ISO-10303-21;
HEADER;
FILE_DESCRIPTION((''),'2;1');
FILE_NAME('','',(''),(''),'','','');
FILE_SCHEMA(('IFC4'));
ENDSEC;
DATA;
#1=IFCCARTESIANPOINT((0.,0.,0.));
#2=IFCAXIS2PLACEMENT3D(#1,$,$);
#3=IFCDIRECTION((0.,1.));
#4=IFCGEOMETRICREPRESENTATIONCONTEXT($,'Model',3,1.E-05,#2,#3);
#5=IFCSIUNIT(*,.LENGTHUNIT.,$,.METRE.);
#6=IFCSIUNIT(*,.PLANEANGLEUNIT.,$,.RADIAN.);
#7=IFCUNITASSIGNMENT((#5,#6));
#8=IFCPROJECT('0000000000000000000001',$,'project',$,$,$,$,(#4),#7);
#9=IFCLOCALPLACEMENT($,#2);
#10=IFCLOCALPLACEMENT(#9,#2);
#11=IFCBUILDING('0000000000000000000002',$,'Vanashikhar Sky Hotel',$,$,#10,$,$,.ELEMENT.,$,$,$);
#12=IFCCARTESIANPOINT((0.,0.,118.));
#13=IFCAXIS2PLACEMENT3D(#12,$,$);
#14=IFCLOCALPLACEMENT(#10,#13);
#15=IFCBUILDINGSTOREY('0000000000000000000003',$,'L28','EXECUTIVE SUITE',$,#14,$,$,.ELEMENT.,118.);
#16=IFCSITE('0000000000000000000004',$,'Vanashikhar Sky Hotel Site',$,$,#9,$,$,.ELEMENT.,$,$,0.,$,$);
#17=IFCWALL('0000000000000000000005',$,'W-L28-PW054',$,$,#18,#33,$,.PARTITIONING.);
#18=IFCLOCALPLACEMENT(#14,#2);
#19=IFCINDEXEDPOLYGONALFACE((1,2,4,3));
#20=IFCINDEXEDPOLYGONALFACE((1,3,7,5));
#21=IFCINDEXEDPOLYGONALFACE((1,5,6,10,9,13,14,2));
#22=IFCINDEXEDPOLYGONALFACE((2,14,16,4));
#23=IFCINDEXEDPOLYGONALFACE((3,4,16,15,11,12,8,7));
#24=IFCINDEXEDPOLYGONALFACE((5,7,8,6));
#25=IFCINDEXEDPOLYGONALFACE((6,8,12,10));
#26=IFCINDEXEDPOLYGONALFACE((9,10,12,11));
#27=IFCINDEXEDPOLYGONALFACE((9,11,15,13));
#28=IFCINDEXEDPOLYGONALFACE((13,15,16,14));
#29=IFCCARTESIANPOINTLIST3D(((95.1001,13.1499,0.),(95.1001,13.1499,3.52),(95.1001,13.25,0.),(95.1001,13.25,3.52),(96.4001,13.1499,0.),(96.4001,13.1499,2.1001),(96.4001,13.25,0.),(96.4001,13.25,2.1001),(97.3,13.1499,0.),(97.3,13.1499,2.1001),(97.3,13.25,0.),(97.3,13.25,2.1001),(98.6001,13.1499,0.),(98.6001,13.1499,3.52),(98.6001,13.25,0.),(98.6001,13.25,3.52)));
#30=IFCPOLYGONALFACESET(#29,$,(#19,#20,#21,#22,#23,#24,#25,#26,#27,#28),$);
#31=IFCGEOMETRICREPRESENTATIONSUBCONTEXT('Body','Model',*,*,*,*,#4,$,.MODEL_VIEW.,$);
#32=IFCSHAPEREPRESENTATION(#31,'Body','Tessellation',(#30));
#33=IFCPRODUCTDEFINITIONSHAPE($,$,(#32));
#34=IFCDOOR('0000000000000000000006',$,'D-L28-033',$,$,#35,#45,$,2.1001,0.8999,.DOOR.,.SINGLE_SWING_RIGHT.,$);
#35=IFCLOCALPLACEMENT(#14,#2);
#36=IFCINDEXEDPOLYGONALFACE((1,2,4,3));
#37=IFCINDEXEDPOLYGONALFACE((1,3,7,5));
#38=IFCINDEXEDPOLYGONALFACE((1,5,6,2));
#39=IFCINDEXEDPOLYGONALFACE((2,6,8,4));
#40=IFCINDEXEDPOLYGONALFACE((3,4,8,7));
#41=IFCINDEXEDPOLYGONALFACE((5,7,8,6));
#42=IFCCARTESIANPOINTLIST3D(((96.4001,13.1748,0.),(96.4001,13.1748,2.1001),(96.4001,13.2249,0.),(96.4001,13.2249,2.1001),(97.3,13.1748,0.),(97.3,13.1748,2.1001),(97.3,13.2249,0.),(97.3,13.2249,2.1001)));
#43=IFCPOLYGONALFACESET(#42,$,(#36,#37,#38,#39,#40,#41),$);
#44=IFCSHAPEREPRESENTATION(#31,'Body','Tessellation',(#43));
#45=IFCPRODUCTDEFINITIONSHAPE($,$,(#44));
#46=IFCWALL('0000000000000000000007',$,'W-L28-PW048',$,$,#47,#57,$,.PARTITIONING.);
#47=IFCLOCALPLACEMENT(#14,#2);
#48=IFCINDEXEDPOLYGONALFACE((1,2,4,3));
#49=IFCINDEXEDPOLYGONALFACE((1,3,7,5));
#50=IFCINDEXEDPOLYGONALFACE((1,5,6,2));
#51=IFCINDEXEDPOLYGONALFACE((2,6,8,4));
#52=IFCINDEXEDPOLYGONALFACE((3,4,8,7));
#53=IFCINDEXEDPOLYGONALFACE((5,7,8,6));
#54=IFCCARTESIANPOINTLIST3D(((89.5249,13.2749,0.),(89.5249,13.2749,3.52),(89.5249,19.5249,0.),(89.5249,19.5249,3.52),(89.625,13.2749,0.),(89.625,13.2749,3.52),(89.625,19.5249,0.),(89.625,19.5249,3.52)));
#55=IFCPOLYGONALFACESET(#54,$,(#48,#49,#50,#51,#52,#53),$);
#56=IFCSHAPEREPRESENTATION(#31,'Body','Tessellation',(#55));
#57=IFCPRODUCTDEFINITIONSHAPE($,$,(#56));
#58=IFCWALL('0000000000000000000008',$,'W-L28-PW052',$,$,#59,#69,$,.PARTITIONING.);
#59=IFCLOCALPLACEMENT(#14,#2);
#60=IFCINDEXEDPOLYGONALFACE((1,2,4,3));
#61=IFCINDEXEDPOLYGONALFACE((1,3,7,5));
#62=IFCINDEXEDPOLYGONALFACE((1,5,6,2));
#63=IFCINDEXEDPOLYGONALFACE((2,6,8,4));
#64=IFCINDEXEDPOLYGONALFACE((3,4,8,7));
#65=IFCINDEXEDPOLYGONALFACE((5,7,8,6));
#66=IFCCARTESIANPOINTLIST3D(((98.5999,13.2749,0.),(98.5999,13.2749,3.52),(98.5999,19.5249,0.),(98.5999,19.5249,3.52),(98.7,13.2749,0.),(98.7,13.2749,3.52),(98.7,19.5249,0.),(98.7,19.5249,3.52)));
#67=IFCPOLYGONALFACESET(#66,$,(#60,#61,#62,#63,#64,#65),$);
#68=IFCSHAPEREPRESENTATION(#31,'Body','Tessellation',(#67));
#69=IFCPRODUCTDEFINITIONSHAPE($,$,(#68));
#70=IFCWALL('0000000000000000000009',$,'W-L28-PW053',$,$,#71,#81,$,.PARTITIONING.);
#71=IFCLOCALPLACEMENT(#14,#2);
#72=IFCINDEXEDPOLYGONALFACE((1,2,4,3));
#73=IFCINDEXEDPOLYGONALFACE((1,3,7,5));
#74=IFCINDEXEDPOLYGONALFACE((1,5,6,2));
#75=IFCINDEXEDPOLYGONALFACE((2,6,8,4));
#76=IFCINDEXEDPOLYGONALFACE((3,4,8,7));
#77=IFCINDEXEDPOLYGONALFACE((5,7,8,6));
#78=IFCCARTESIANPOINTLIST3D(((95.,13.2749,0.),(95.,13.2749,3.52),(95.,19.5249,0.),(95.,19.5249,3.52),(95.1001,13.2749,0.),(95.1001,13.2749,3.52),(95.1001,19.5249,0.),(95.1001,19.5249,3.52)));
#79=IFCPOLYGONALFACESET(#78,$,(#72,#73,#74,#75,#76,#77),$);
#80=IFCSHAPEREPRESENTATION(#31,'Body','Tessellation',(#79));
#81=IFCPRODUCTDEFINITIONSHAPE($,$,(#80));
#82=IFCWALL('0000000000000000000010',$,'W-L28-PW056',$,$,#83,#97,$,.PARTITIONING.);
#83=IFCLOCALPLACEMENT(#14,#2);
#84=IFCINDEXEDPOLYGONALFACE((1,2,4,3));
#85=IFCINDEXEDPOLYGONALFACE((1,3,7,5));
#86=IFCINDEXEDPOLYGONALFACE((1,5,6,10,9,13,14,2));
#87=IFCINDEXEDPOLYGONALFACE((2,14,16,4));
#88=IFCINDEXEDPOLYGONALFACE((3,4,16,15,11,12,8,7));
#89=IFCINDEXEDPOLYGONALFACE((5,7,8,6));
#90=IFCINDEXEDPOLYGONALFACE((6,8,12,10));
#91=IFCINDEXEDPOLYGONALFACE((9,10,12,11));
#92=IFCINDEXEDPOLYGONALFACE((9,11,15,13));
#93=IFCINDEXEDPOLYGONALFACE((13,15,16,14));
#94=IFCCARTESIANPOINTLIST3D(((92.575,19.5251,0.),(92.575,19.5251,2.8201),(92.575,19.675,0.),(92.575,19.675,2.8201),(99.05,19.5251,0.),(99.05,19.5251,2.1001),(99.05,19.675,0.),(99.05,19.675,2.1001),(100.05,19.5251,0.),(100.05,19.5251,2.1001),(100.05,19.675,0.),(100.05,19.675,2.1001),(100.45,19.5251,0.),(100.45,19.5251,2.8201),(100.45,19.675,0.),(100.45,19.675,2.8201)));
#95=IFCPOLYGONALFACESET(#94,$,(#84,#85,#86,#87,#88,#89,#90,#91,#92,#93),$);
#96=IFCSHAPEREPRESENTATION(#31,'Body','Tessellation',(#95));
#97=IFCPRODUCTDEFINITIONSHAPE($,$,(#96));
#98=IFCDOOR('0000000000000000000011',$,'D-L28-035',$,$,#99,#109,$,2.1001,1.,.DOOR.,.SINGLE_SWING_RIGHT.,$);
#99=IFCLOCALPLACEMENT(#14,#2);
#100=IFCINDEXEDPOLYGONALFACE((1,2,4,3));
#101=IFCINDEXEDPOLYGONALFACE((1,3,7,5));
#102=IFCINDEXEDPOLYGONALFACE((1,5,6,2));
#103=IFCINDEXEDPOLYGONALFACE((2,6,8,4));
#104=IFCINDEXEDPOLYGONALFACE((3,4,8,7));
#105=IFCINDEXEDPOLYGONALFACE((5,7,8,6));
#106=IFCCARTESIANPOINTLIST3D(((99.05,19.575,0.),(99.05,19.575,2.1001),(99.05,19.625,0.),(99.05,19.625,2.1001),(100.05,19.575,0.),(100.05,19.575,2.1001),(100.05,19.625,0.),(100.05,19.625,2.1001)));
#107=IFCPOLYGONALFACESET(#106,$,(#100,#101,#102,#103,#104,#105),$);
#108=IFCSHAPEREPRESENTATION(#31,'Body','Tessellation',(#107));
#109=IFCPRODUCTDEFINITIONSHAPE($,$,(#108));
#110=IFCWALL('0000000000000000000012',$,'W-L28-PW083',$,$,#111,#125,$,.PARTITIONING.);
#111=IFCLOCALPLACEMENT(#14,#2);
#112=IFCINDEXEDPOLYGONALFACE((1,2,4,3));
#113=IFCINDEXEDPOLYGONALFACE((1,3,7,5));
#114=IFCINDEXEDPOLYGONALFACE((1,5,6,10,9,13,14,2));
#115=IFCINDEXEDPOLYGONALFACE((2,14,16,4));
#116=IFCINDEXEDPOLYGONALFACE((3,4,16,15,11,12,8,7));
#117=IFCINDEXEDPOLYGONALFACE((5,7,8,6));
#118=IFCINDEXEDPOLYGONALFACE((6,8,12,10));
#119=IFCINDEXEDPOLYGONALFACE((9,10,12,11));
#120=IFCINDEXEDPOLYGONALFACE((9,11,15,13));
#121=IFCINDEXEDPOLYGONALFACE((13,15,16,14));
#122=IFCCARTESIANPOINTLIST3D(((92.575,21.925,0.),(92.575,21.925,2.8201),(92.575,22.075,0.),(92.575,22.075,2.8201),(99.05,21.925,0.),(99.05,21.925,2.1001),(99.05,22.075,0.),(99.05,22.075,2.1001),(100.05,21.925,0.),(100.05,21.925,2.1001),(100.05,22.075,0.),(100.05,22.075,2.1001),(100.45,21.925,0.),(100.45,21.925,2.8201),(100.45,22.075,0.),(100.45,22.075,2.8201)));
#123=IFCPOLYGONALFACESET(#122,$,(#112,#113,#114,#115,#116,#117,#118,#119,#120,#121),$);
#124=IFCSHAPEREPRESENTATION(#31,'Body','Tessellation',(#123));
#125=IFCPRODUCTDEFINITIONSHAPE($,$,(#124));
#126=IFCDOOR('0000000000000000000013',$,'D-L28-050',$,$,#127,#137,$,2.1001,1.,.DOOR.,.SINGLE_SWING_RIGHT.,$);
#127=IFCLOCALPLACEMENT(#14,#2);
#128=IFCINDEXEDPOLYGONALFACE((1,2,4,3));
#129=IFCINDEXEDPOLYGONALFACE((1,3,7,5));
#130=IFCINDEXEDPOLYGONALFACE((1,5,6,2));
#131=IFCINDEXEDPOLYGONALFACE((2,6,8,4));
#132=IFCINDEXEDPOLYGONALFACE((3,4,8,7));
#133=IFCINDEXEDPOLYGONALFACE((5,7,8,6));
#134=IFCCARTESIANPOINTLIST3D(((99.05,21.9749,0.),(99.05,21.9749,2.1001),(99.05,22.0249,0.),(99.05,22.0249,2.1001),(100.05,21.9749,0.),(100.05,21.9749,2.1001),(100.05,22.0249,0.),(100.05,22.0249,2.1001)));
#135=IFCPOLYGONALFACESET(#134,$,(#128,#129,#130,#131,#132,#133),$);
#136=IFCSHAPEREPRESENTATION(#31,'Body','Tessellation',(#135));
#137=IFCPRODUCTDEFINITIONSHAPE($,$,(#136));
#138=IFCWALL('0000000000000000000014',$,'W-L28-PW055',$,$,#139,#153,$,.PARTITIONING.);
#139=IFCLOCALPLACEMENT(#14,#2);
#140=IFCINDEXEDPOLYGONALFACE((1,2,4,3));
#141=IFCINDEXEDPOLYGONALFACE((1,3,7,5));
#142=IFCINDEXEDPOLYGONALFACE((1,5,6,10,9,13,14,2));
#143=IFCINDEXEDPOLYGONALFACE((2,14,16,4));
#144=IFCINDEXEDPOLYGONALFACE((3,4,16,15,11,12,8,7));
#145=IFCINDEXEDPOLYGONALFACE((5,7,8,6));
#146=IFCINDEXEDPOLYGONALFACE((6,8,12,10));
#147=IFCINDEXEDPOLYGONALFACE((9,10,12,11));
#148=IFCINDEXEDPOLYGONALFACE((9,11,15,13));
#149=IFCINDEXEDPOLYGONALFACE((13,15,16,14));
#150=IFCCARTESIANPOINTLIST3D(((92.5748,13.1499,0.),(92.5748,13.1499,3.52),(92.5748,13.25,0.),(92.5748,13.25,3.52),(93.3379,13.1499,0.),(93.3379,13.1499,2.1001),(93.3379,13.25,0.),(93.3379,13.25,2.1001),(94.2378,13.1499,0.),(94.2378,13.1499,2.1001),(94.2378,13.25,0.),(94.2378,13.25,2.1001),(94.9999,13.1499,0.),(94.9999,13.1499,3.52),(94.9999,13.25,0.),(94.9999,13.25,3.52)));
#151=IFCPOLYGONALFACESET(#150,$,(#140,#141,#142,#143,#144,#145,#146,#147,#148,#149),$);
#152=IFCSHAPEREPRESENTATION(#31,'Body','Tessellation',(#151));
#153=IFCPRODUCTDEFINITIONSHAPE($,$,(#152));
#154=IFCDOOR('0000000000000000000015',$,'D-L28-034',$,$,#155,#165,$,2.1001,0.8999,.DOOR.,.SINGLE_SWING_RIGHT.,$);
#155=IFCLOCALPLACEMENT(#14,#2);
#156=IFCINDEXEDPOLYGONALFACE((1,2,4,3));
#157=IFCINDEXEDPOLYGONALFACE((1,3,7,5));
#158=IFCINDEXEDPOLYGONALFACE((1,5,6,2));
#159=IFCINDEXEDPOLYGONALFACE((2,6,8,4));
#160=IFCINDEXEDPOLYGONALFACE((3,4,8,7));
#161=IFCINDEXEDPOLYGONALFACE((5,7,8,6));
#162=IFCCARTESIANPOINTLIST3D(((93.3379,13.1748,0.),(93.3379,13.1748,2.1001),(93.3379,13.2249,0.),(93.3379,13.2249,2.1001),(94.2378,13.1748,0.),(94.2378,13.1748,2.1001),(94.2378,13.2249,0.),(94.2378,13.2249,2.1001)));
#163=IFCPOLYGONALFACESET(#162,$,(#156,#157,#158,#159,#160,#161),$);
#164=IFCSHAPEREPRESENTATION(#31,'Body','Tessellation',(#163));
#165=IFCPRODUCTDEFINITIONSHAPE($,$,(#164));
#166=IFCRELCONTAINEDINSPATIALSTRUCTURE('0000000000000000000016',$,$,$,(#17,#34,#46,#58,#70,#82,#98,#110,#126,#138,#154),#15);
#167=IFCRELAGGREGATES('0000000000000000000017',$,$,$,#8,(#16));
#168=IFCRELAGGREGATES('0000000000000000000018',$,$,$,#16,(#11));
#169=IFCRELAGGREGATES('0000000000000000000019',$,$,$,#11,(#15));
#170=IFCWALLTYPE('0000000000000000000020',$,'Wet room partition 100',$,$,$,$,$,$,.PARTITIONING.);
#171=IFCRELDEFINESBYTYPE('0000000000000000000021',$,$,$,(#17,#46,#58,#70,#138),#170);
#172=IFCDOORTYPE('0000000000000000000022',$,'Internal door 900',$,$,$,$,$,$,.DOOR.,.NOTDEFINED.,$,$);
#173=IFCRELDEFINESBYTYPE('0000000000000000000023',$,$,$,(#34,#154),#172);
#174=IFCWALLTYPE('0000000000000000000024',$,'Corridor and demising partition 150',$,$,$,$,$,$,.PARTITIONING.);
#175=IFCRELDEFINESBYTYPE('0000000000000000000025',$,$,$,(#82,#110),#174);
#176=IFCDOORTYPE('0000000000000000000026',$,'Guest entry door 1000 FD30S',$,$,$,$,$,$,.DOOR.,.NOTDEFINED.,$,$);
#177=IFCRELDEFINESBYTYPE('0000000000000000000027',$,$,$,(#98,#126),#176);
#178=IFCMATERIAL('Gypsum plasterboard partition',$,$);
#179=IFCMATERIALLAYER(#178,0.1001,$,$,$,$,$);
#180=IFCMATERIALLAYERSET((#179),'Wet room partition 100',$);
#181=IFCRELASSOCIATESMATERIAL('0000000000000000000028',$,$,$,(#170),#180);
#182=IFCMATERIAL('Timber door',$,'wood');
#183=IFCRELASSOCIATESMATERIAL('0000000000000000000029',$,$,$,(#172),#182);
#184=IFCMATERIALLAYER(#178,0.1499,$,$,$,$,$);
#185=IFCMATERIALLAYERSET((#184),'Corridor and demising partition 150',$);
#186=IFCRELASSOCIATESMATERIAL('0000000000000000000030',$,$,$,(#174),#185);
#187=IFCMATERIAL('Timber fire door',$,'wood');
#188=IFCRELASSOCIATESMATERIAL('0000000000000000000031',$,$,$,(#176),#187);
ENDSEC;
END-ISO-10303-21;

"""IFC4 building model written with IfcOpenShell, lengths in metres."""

from ifc_helpers import new_model, si_unit, direction, frame, frame_2d, origin, place, context, subcontext, project, spatial, rectangle, extrude, source, transform, mapped, material, layer, layer_set, type_object, element, fill, save


model = new_model("IFC4")

# Units and contexts
model_context = context("Model", 3, precision=1e-05, world=origin(), true_north=direction((0.0, 1.0)))
body_context = subcontext(model_context, "Body", "Model", "MODEL_VIEW")
ifc_project = project(units=[si_unit("LENGTHUNIT", "METRE"), si_unit("PLANEANGLEUNIT", "RADIAN")], contexts=[model_context])

# Site, building, storey
site_placement = place(None, origin())
site = spatial("IfcSite", under=ifc_project, at=site_placement, Name="Vanashikhar Sky Hotel Site", CompositionType="ELEMENT", RefElevation=0.0)
building_placement = place(site_placement, origin())
building = spatial("IfcBuilding", under=site, at=building_placement, Name="Vanashikhar Sky Hotel", CompositionType="ELEMENT")
storey_placement = place(building_placement, frame((0.0, 0.0, 118.0)))
storey = spatial("IfcBuildingStorey", under=building, at=storey_placement, Name="L28", Description="EXECUTIVE SUITE", CompositionType="ELEMENT", Elevation=118.0)

# Wall, opening, door
ifc_material_1 = material(Name="Gypsum plasterboard partition")
ifc_layer_1 = layer(ifc_material_1, 0.1001)
ifc_layer_set_1 = layer_set([ifc_layer_1], Name="Wet room partition 100")
wall_type_1 = type_object("IfcWallType", Name="Wet room partition 100", PredefinedType="PARTITIONING", material=ifc_layer_set_1)
shared_shape_1 = source(origin(), body_context, "Body", "SweptSolid", [
    extrude(rectangle(XDim=3.5, YDim=0.1001, at=frame_2d((1.75, 0.0))), origin(), (0.0, 0.0, 1.0), 3.52),
])
wall_1_placement = place(storey_placement, frame((95.1001, 13.2, 0.0), z_axis=(0.0, 0.0, 1.0), x_axis=(1.0, 0.0, 0.0)))
wall_1 = element("IfcWall", 1, at=wall_1_placement, inside=storey, type_object=wall_type_1, Name="W-L28-PW054", PredefinedType="PARTITIONING", context=body_context, shape_type="MappedRepresentation", body=[
    mapped(shared_shape_1, transform((0.0, 0.0, 0.0), scale=1.0)),
])
shared_shape_2 = source(origin(), body_context, "Body", "SweptSolid", [
    extrude(rectangle(XDim=0.8999, YDim=2.1001, at=frame_2d((0.45, 1.05))), frame((0.0, 0.0601, 0.0), z_axis=(0.0, -1.0, 0.0), x_axis=(1.0, 0.0, 0.0)), (0.0, 0.0, 1.0), 0.1201),
])
opening_1_placement = place(wall_1_placement, frame((1.3, 0.0, 0.0)))
opening_1 = element("IfcOpeningElement", 2, at=opening_1_placement, cuts=wall_1, PredefinedType="OPENING", context=body_context, shape_type="MappedRepresentation", body=[
    mapped(shared_shape_2, transform((0.0, 0.0, 0.0), scale=1.0)),
])
ifc_material_2 = material(Name="Timber door", Category="wood")
door_type_1 = type_object("IfcDoorType", Name="Internal door 900", OperationType="NOTDEFINED", PredefinedType="DOOR", material=ifc_material_2)
shared_shape_3 = source(origin(), body_context, "Body", "SweptSolid", [
    extrude(rectangle(XDim=0.8999, YDim=2.1001, at=frame_2d((0.45, 1.05))), frame((0.0, 0.0249, 0.0), z_axis=(0.0, -1.0, 0.0), x_axis=(1.0, 0.0, 0.0)), (0.0, 0.0, 1.0), 0.05),
])
door_1_placement = place(opening_1_placement, origin())
door_1 = element("IfcDoor", 3, at=door_1_placement, inside=storey, type_object=door_type_1, Name="D-L28-033", OperationType="SINGLE_SWING_RIGHT", OverallHeight=2.1001, OverallWidth=0.8999, PredefinedType="DOOR", context=body_context, shape_type="MappedRepresentation", body=[
    mapped(shared_shape_3, transform((0.0, 0.0, 0.0), scale=1.0)),
])
fill(opening_1, door_1)

# Walls
shared_shape_4 = source(origin(), body_context, "Body", "SweptSolid", [
    extrude(rectangle(XDim=6.25, YDim=0.1001, at=frame_2d((3.125, 0.0))), origin(), (0.0, 0.0, 1.0), 3.52),
])
for number, where, z_axis, x_axis, name in (
    (4, (89.575, 13.2749, 0.0), (0.0, 0.0, 1.0), (0.0, 1.0, 0.0), "W-L28-PW048"),
    (5, (98.6499, 13.2749, 0.0), (0.0, 0.0, 1.0), (0.0, 1.0, 0.0), "W-L28-PW052"),
    (6, (95.05, 13.2749, 0.0), (0.0, 0.0, 1.0), (0.0, 1.0, 0.0), "W-L28-PW053"),
):
    element("IfcWall", number, at=place(storey_placement, frame(where, z_axis=z_axis, x_axis=x_axis)), inside=storey, type_object=wall_type_1, Name=name, PredefinedType="PARTITIONING", context=body_context, shape_type="MappedRepresentation", body=[
        mapped(shared_shape_4, transform((0.0, 0.0, 0.0), scale=1.0)),
    ])

# Walls, openings, doors
ifc_layer_2 = layer(ifc_material_1, 0.1499)
ifc_layer_set_2 = layer_set([ifc_layer_2], Name="Corridor and demising partition 150")
wall_type_2 = type_object("IfcWallType", Name="Corridor and demising partition 150", PredefinedType="PARTITIONING", material=ifc_layer_set_2)
shared_shape_5 = source(origin(), body_context, "Body", "SweptSolid", [
    extrude(rectangle(XDim=7.875, YDim=0.1499, at=frame_2d((3.9375, 0.0))), origin(), (0.0, 0.0, 1.0), 2.8201),
])
wall_2_placement = place(storey_placement, frame((92.575, 19.6001, 0.0), z_axis=(0.0, 0.0, 1.0), x_axis=(1.0, 0.0, 0.0)))
wall_2 = element("IfcWall", 7, at=wall_2_placement, inside=storey, type_object=wall_type_2, Name="W-L28-PW056", PredefinedType="PARTITIONING", context=body_context, shape_type="MappedRepresentation", body=[
    mapped(shared_shape_5, transform((0.0, 0.0, 0.0), scale=1.0)),
])
shared_shape_6 = source(origin(), body_context, "Body", "SweptSolid", [
    extrude(rectangle(XDim=1.0, YDim=2.1001, at=frame_2d((0.5, 1.05))), frame((0.0, 0.085, 0.0), z_axis=(0.0, -1.0, 0.0), x_axis=(1.0, 0.0, 0.0)), (0.0, 0.0, 1.0), 0.1699),
])
opening_2_placement = place(wall_2_placement, frame((6.4751, 0.0, 0.0)))
opening_2 = element("IfcOpeningElement", 8, at=opening_2_placement, cuts=wall_2, PredefinedType="OPENING", context=body_context, shape_type="MappedRepresentation", body=[
    mapped(shared_shape_6, transform((0.0, 0.0, 0.0), scale=1.0)),
])
ifc_material_3 = material(Name="Timber fire door", Category="wood")
door_type_2 = type_object("IfcDoorType", Name="Guest entry door 1000 FD30S", OperationType="NOTDEFINED", PredefinedType="DOOR", material=ifc_material_3)
shared_shape_7 = source(origin(), body_context, "Body", "SweptSolid", [
    extrude(rectangle(XDim=1.0, YDim=2.1001, at=frame_2d((0.5, 1.05))), frame((0.0, 0.0249, 0.0), z_axis=(0.0, -1.0, 0.0), x_axis=(1.0, 0.0, 0.0)), (0.0, 0.0, 1.0), 0.05),
])
door_2_placement = place(opening_2_placement, origin())
door_2 = element("IfcDoor", 9, at=door_2_placement, inside=storey, type_object=door_type_2, Name="D-L28-035", OperationType="SINGLE_SWING_RIGHT", OverallHeight=2.1001, OverallWidth=1.0, PredefinedType="DOOR", context=body_context, shape_type="MappedRepresentation", body=[
    mapped(shared_shape_7, transform((0.0, 0.0, 0.0), scale=1.0)),
])
fill(opening_2, door_2)
wall_3_placement = place(storey_placement, frame((92.575, 22.0, 0.0), z_axis=(0.0, 0.0, 1.0), x_axis=(1.0, 0.0, 0.0)))
wall_3 = element("IfcWall", 10, at=wall_3_placement, inside=storey, type_object=wall_type_2, Name="W-L28-PW083", PredefinedType="PARTITIONING", context=body_context, shape_type="MappedRepresentation", body=[
    mapped(shared_shape_5, transform((0.0, 0.0, 0.0), scale=1.0)),
])
opening_3_placement = place(wall_3_placement, frame((6.4751, 0.0, 0.0)))
opening_3 = element("IfcOpeningElement", 11, at=opening_3_placement, cuts=wall_3, PredefinedType="OPENING", context=body_context, shape_type="MappedRepresentation", body=[
    mapped(shared_shape_6, transform((0.0, 0.0, 0.0), scale=1.0)),
])
door_3_placement = place(opening_3_placement, origin())
door_3 = element("IfcDoor", 12, at=door_3_placement, inside=storey, type_object=door_type_2, Name="D-L28-050", OperationType="SINGLE_SWING_RIGHT", OverallHeight=2.1001, OverallWidth=1.0, PredefinedType="DOOR", context=body_context, shape_type="MappedRepresentation", body=[
    mapped(shared_shape_7, transform((0.0, 0.0, 0.0), scale=1.0)),
])
fill(opening_3, door_3)
shared_shape_8 = source(origin(), body_context, "Body", "SweptSolid", [
    extrude(rectangle(XDim=2.425, YDim=0.1001, at=frame_2d((1.2124, 0.0))), origin(), (0.0, 0.0, 1.0), 3.52),
])
wall_4_placement = place(storey_placement, frame((92.575, 13.2, 0.0), z_axis=(0.0, 0.0, 1.0), x_axis=(1.0, 0.0, 0.0)))
wall_4 = element("IfcWall", 13, at=wall_4_placement, inside=storey, type_object=wall_type_1, Name="W-L28-PW055", PredefinedType="PARTITIONING", context=body_context, shape_type="MappedRepresentation", body=[
    mapped(shared_shape_8, transform((0.0, 0.0, 0.0), scale=1.0)),
])
opening_4_placement = place(wall_4_placement, frame((0.7629, 0.0, 0.0)))
opening_4 = element("IfcOpeningElement", 14, at=opening_4_placement, cuts=wall_4, PredefinedType="OPENING", context=body_context, shape_type="MappedRepresentation", body=[
    mapped(shared_shape_2, transform((0.0, 0.0, 0.0), scale=1.0)),
])
door_4_placement = place(opening_4_placement, origin())
door_4 = element("IfcDoor", 15, at=door_4_placement, inside=storey, type_object=door_type_1, Name="D-L28-034", OperationType="SINGLE_SWING_RIGHT", OverallHeight=2.1001, OverallWidth=0.8999, PredefinedType="DOOR", context=body_context, shape_type="MappedRepresentation", body=[
    mapped(shared_shape_3, transform((0.0, 0.0, 0.0), scale=1.0)),
])
fill(opening_4, door_4)

save(model, "model.ifc")
